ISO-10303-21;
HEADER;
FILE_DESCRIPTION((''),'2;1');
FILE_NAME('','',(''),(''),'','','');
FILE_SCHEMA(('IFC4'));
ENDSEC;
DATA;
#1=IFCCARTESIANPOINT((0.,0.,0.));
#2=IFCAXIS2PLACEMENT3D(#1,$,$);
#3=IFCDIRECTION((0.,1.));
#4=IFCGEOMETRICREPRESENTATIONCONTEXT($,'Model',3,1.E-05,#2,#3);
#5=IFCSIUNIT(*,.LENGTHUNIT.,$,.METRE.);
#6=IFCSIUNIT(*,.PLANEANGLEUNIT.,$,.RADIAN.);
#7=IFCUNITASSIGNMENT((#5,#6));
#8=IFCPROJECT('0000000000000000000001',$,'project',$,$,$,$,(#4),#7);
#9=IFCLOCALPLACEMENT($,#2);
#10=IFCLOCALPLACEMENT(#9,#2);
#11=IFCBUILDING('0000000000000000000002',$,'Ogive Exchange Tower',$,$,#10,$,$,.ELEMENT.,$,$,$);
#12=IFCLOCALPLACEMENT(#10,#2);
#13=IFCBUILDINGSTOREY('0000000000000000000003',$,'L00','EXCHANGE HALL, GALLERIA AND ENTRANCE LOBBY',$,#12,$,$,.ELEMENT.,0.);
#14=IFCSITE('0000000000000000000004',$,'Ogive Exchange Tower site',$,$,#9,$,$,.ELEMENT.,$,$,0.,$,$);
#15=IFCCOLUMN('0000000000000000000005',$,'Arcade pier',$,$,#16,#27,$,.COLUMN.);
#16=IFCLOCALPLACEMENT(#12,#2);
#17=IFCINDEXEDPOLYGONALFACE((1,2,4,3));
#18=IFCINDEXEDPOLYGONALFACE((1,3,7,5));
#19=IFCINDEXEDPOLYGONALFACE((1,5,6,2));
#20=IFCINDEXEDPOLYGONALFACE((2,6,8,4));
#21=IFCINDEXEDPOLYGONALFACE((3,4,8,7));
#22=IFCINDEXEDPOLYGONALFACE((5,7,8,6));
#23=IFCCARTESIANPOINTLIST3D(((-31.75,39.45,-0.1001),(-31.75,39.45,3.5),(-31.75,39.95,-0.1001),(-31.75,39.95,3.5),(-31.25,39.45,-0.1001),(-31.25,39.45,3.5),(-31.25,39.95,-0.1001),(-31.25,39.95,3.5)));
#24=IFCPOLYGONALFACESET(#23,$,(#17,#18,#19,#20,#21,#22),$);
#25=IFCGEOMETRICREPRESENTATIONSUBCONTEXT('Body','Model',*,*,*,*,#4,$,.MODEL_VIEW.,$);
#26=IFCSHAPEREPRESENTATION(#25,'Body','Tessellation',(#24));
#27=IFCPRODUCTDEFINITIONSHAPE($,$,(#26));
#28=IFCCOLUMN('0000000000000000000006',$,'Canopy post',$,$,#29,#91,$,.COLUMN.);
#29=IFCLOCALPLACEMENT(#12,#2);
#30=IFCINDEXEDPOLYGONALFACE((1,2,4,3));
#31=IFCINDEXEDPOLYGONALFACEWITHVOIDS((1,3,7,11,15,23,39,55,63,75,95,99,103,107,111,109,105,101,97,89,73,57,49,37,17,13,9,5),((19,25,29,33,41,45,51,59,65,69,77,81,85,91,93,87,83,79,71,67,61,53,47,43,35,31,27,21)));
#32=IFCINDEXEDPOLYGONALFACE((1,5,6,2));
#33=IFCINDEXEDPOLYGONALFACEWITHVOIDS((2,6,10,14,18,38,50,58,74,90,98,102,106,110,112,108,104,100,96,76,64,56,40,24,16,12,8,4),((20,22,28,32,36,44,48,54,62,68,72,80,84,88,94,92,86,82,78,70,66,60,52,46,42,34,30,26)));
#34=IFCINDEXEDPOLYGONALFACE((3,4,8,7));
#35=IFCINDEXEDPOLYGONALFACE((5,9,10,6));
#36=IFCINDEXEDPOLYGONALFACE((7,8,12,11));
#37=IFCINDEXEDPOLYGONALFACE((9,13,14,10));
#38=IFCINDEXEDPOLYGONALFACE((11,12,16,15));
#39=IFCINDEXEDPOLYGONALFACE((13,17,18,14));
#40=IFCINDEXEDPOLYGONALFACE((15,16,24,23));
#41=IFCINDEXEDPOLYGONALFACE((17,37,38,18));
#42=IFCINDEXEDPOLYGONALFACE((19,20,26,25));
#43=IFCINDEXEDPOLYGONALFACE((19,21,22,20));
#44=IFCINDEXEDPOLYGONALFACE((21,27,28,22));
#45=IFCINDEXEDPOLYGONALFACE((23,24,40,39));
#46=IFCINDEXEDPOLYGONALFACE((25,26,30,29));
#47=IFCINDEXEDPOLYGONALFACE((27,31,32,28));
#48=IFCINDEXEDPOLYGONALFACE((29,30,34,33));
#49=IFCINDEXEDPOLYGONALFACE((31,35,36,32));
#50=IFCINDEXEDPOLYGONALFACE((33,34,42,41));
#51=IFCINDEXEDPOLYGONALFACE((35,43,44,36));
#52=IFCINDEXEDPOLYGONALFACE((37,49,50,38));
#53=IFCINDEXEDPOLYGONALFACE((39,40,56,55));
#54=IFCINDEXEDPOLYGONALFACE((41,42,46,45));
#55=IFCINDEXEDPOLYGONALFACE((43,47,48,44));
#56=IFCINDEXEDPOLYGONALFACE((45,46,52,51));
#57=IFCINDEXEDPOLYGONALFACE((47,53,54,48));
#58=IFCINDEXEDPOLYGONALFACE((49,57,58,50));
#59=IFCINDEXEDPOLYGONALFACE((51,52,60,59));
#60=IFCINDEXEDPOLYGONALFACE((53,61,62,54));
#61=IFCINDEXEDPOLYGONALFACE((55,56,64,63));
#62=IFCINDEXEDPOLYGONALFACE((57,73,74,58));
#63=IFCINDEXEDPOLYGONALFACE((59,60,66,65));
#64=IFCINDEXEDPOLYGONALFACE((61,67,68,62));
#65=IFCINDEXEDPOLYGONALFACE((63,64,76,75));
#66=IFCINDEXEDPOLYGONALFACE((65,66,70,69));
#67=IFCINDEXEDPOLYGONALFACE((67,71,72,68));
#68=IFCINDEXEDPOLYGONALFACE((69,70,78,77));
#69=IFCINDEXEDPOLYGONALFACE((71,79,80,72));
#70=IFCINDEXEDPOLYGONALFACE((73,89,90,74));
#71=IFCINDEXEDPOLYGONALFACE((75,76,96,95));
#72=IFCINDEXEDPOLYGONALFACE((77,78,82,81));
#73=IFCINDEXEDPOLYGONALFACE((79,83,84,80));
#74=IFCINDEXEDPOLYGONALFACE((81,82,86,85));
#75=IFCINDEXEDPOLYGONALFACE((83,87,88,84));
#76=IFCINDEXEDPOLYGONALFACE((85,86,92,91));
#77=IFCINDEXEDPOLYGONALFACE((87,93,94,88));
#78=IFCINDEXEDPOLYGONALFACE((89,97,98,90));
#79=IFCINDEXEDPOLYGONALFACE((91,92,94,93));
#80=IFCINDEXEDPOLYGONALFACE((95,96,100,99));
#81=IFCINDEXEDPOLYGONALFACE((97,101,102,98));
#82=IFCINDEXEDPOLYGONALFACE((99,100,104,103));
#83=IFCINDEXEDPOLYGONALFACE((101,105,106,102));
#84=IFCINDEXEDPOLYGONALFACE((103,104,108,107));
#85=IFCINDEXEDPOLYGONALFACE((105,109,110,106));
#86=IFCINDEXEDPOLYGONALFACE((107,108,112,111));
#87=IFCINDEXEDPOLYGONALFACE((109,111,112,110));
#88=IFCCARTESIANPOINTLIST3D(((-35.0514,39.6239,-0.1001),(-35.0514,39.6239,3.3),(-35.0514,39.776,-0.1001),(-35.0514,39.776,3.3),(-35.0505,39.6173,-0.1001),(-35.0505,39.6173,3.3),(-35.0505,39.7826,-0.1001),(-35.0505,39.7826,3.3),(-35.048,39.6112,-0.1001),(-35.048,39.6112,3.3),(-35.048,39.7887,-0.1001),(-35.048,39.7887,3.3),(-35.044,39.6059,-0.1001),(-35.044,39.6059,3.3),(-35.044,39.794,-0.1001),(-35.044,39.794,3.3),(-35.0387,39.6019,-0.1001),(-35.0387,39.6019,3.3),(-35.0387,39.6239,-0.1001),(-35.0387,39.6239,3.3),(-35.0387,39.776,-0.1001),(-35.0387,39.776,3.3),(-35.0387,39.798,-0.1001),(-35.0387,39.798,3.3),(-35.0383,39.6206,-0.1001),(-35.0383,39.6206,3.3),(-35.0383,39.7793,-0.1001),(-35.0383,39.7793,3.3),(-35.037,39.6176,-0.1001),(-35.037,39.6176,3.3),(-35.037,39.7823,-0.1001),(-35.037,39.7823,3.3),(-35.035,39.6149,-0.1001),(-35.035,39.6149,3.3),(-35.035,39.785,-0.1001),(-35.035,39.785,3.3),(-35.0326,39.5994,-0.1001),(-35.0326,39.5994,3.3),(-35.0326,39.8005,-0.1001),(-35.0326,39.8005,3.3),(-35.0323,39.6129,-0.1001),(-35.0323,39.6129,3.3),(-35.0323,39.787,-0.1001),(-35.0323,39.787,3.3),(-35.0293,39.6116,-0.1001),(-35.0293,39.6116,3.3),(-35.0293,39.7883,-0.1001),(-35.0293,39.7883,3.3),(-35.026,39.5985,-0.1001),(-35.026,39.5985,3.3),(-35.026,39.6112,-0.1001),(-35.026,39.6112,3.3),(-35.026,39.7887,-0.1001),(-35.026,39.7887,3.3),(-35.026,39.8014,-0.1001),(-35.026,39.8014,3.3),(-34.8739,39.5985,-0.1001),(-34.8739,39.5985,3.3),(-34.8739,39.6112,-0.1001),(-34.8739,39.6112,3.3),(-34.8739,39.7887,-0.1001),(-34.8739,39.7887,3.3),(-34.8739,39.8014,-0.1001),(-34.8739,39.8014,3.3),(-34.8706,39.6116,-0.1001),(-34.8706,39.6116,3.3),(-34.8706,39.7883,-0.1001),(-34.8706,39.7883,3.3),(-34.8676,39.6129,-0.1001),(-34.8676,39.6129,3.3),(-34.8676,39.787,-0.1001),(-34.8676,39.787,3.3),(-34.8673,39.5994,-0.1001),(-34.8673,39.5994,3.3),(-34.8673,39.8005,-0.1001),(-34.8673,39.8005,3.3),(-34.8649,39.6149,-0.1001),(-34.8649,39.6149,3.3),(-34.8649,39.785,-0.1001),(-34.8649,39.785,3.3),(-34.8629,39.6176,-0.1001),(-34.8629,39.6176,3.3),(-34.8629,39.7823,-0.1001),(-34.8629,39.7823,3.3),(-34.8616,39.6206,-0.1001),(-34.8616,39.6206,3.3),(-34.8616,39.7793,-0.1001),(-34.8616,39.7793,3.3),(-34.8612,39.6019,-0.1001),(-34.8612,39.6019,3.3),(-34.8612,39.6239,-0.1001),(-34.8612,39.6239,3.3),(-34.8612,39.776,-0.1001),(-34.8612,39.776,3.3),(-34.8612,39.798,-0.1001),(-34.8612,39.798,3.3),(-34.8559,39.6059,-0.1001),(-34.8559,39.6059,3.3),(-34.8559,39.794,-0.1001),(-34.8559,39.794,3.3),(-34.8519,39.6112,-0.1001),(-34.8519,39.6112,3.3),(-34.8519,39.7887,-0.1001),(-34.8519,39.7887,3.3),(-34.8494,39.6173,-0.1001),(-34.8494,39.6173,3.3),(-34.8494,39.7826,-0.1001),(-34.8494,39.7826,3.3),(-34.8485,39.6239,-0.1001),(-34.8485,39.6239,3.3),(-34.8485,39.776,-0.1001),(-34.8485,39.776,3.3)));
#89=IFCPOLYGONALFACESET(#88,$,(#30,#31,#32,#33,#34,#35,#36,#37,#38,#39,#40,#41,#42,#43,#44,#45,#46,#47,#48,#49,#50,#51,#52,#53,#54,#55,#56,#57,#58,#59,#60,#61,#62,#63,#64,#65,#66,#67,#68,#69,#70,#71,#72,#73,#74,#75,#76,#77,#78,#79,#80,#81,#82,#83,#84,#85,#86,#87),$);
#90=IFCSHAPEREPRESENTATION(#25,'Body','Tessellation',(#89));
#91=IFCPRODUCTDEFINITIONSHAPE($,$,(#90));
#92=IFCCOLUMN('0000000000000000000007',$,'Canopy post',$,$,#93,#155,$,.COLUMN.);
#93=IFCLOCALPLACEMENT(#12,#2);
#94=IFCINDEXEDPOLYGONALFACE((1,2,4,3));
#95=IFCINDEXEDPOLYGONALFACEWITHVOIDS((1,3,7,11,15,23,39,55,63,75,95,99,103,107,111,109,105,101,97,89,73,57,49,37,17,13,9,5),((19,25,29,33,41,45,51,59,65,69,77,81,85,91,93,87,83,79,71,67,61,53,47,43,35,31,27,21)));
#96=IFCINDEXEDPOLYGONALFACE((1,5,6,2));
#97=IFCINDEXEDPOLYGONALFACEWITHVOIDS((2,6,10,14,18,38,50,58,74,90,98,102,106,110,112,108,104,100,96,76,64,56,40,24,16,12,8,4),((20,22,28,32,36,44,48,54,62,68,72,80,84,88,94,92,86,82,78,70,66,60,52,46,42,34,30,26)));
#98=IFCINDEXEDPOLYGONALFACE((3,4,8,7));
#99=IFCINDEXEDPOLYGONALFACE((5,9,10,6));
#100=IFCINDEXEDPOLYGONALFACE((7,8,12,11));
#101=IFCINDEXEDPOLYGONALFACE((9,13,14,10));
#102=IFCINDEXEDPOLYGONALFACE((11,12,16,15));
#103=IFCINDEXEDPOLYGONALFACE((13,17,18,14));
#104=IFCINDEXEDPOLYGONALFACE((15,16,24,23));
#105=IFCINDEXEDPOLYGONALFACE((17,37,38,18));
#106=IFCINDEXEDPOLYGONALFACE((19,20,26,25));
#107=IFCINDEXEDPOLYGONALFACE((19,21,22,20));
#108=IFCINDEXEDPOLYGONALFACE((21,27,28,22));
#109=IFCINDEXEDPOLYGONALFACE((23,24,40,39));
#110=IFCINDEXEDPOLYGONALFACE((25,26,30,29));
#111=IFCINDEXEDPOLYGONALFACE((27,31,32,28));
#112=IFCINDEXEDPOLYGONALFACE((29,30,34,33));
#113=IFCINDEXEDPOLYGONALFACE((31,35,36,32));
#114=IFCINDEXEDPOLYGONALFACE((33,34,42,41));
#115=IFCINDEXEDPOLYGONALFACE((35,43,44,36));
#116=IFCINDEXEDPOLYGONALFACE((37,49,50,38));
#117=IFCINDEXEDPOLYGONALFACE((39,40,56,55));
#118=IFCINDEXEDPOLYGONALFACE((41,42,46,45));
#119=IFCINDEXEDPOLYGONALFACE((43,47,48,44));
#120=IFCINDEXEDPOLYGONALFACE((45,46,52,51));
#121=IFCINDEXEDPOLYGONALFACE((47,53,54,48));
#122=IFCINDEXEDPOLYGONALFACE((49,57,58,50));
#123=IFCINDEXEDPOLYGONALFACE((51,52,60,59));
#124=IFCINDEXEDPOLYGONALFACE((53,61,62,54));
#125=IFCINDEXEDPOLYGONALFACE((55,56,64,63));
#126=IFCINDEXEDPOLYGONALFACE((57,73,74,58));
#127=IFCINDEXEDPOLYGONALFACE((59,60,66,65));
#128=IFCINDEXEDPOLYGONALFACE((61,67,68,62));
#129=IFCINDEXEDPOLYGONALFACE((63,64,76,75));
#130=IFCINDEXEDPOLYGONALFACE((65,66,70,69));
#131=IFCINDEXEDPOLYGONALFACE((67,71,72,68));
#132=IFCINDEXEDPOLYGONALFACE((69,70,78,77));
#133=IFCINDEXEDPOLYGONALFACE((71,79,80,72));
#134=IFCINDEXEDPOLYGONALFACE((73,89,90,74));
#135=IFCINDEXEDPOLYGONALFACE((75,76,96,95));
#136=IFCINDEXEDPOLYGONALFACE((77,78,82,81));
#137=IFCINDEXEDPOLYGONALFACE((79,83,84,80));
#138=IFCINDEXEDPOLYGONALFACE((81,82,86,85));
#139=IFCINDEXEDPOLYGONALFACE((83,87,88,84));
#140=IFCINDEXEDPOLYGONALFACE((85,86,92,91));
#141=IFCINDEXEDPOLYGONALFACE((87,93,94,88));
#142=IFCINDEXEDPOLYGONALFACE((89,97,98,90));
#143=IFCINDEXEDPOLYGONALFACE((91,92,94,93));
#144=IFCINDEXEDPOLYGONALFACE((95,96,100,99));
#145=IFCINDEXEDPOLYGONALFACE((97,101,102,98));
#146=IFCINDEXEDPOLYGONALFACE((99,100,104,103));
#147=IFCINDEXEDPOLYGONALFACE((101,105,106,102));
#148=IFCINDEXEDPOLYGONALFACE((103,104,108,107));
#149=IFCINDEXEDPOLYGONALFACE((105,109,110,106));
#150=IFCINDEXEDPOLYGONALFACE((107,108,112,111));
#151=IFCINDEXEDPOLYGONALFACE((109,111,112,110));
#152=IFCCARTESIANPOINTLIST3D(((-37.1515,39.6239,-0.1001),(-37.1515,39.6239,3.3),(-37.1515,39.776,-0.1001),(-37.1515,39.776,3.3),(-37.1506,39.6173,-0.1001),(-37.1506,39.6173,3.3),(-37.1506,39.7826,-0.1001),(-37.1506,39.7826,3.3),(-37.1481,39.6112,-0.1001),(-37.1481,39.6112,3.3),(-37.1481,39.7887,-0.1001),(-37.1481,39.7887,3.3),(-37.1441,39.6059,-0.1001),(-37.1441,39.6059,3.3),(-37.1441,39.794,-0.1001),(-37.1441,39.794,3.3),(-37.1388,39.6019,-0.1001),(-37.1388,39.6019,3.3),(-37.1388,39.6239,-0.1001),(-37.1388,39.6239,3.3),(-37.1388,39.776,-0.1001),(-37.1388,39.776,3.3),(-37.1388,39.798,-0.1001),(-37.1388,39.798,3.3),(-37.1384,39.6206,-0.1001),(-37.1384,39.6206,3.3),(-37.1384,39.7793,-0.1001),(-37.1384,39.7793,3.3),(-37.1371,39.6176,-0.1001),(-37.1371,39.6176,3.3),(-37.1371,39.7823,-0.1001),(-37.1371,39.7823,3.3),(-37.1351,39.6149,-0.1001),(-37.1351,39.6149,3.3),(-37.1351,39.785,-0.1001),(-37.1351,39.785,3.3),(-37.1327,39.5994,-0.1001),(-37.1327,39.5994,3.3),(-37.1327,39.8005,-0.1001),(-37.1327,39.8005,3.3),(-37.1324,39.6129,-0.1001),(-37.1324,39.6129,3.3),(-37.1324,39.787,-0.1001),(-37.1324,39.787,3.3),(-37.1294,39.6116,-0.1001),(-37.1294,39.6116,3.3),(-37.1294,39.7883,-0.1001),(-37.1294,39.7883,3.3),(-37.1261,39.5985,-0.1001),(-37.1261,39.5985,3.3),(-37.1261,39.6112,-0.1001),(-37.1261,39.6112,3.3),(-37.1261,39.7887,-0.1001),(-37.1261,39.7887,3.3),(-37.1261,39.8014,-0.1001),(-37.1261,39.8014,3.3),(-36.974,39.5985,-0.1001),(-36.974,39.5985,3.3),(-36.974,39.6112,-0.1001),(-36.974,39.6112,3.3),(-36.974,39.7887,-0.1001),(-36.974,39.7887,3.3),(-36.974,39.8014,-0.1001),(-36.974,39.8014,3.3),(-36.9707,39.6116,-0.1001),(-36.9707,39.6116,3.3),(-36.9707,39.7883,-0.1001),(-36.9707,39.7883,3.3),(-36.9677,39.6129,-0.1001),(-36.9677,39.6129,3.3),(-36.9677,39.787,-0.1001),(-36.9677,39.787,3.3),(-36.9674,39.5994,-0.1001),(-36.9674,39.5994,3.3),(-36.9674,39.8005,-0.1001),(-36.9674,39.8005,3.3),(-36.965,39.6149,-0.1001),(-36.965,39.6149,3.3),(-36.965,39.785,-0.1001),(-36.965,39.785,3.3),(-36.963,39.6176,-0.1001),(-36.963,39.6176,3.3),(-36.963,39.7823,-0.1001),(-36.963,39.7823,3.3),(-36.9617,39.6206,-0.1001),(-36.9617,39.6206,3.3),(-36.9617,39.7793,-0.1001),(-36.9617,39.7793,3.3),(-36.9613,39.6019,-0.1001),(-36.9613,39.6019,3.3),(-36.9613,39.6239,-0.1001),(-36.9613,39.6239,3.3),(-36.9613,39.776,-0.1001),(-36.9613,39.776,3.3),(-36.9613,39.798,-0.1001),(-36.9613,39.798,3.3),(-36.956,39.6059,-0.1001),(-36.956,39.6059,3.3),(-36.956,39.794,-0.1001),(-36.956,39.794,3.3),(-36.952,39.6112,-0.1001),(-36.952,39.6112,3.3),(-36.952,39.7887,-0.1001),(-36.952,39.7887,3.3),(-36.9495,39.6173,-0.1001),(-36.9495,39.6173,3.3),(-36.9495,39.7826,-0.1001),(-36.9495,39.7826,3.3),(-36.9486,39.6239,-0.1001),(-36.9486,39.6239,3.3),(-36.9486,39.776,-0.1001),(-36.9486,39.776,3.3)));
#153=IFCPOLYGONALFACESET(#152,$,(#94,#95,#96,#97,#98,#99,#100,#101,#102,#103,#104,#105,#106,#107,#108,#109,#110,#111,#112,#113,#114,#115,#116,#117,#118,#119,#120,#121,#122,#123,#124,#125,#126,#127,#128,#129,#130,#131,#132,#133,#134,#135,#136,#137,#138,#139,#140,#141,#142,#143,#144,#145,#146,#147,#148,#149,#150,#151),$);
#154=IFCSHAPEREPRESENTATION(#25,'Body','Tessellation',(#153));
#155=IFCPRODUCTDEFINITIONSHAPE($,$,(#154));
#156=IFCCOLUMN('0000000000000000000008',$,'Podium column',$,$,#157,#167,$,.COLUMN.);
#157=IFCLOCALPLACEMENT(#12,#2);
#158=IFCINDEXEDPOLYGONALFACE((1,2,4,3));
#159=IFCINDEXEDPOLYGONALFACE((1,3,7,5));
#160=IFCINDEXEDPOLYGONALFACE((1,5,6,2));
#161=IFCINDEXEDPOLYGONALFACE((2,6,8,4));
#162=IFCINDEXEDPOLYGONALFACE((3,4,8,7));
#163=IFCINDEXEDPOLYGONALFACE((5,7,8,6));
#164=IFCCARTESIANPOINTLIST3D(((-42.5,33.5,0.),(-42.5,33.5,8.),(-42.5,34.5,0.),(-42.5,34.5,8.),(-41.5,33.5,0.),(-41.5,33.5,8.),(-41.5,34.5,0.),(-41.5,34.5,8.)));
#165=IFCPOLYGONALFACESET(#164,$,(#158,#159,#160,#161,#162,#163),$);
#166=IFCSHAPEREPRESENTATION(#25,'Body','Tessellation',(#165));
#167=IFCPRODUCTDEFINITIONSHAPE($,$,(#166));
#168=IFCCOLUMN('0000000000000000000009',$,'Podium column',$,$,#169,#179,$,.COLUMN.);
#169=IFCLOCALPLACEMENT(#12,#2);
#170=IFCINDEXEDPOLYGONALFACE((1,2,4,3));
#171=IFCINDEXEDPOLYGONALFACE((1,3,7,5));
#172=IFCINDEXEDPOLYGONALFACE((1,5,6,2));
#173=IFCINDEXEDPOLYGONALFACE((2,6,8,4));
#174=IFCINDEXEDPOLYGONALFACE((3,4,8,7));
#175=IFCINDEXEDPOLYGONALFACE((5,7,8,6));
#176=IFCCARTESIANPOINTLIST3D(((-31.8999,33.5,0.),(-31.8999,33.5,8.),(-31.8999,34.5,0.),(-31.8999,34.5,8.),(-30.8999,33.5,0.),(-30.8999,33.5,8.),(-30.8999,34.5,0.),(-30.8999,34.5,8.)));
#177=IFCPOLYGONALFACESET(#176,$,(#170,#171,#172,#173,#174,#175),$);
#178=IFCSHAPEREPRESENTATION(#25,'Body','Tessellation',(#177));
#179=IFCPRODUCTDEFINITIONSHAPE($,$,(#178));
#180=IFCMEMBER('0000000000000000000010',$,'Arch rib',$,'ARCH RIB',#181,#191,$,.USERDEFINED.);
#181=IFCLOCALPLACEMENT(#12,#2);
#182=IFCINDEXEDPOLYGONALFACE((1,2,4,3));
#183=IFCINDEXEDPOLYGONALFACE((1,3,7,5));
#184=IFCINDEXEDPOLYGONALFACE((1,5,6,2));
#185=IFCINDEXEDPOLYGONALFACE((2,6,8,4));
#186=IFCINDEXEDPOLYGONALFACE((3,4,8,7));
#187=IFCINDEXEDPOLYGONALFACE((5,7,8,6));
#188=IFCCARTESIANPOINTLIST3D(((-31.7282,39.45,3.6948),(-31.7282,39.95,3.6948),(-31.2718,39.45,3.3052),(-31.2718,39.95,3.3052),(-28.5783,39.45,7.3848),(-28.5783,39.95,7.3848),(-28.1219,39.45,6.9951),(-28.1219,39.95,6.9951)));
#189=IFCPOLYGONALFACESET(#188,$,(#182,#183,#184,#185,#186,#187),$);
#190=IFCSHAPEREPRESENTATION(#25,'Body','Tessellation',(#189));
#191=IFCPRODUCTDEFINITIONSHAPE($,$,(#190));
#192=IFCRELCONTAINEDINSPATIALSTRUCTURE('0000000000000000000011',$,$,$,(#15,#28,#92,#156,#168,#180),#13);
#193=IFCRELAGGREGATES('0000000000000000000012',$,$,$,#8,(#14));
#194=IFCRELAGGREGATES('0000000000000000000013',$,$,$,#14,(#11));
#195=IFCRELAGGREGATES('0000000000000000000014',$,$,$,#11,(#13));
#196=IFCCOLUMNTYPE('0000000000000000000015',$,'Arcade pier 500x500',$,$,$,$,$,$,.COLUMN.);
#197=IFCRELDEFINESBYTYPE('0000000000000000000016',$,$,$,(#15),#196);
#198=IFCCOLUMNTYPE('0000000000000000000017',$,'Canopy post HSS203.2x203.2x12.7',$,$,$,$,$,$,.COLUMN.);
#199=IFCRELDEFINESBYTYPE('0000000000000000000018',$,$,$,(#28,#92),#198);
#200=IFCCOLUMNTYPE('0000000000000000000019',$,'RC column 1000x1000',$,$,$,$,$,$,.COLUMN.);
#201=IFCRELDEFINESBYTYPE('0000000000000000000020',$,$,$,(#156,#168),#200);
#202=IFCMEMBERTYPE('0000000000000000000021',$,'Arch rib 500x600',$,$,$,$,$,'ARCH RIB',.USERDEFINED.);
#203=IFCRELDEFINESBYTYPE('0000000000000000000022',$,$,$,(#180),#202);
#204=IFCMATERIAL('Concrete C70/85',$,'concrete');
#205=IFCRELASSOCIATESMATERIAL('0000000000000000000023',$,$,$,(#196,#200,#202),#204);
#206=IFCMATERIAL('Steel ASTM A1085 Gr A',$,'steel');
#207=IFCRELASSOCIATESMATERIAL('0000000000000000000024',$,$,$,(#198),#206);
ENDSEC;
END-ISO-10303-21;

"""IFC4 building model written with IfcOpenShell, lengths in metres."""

from ifc_helpers import new_model, si_unit, direction, frame, origin, origin_2d, place, context, subcontext, project, spatial, rectangle, hollow_rectangle, extrude, material, material_profile, profile_set, type_object, element, save


model = new_model("IFC4")

# Units and contexts
model_context = context("Model", 3, precision=1e-05, world=origin(), true_north=direction((0.0, 1.0)))
body_context = subcontext(model_context, "Body", "Model", "MODEL_VIEW")
ifc_project = project(units=[si_unit("LENGTHUNIT", "METRE"), si_unit("PLANEANGLEUNIT", "RADIAN")], contexts=[model_context])

# Site, building, storey
site_placement = place(None, origin())
site = spatial("IfcSite", under=ifc_project, at=site_placement, Name="Ogive Exchange Tower site", CompositionType="ELEMENT", RefElevation=0.0)
building_placement = place(site_placement, origin())
building = spatial("IfcBuilding", under=site, at=building_placement, Name="Ogive Exchange Tower", CompositionType="ELEMENT")
storey_placement = place(building_placement, origin())
storey = spatial("IfcBuildingStorey", under=building, at=storey_placement, Name="L00", Description="EXCHANGE HALL, GALLERIA AND ENTRANCE LOBBY", CompositionType="ELEMENT", Elevation=0.0)

# Columns
ifc_material_1 = material(Name="Concrete C70/85", Category="concrete")
ifc_material_profile_1 = material_profile(ifc_material_1, rectangle(XDim=0.5, YDim=0.5, at=origin_2d()), Name="RC 500x500")
ifc_profile_set_1 = profile_set([ifc_material_profile_1], Name="Concrete C70/85")
column_type_1 = type_object("IfcColumnType", Name="Arcade pier 500x500", PredefinedType="COLUMN", material=ifc_profile_set_1)
column_placement = place(storey_placement, frame((-31.5, 39.7, -0.1001), z_axis=(0.0, 0.0, 1.0), x_axis=(1.0, 0.0, 0.0)))
element("IfcColumn", 1, at=column_placement, inside=storey, type_object=column_type_1, Name="Arcade pier", PredefinedType="COLUMN", context=body_context, shape_type="SweptSolid", body=[
    extrude(rectangle(XDim=0.5, YDim=0.5, at=origin_2d()), origin(), (0.0, 0.0, 1.0), 3.6001),
])
ifc_material_2 = material(Name="Steel ASTM A1085 Gr A", Category="steel")
ifc_material_profile_2 = material_profile(ifc_material_2, hollow_rectangle(XDim=0.2029, YDim=0.2029, WallThickness=0.0127, InnerFilletRadius=0.0127, OuterFilletRadius=0.0254, at=origin_2d()), Name="HSS203.2x203.2x12.7")
ifc_profile_set_2 = profile_set([ifc_material_profile_2], Name="Steel ASTM A1085 Gr A")
column_type_2 = type_object("IfcColumnType", Name="Canopy post HSS203.2x203.2x12.7", PredefinedType="COLUMN", material=ifc_profile_set_2)
for number, where, z_axis, x_axis, name in (
    (2, (-34.95, 39.7, -0.1001), (0.0, 0.0, 1.0), (-1.0, 0.0, 0.0), "Canopy post"),
    (3, (-37.05, 39.7, -0.1001), (0.0, 0.0, 1.0), (-1.0, 0.0, 0.0), "Canopy post"),
):
    element("IfcColumn", number, at=place(storey_placement, frame(where, z_axis=z_axis, x_axis=x_axis)), inside=storey, type_object=column_type_2, Name=name, PredefinedType="COLUMN", context=body_context, shape_type="SweptSolid", body=[
        extrude(hollow_rectangle(XDim=0.2029, YDim=0.2029, WallThickness=0.0127, InnerFilletRadius=0.0127, OuterFilletRadius=0.0254, at=origin_2d()), origin(), (0.0, 0.0, 1.0), 3.4001),
    ])
ifc_material_profile_3 = material_profile(ifc_material_1, rectangle(XDim=1.0, YDim=1.0, at=origin_2d()), Name="RC 1000x1000")
ifc_profile_set_3 = profile_set([ifc_material_profile_3], Name="Concrete C70/85")
column_type_3 = type_object("IfcColumnType", Name="RC column 1000x1000", PredefinedType="COLUMN", material=ifc_profile_set_3)
for number, where, z_axis, x_axis, name in (
    (4, (-42.0, 34.0, 0.0), (0.0, 0.0, 1.0), (1.0, 0.0, 0.0), "Podium column"),
    (5, (-31.3999, 34.0, 0.0), (0.0, 0.0, 1.0), (1.0, 0.0, 0.0), "Podium column"),
):
    element("IfcColumn", number, at=place(storey_placement, frame(where, z_axis=z_axis, x_axis=x_axis)), inside=storey, type_object=column_type_3, Name=name, PredefinedType="COLUMN", context=body_context, shape_type="SweptSolid", body=[
        extrude(rectangle(XDim=1.0, YDim=1.0, at=origin_2d()), origin(), (0.0, 0.0, 1.0), 8.0),
    ])

# Member
ifc_material_profile_4 = material_profile(ifc_material_1, rectangle(XDim=0.5, YDim=0.6001, at=origin_2d()), Name="PC 500x600")
ifc_profile_set_4 = profile_set([ifc_material_profile_4], Name="Concrete C70/85")
member_type_1 = type_object("IfcMemberType", Name="Arch rib 500x600", ElementType="ARCH RIB", PredefinedType="USERDEFINED", material=ifc_profile_set_4)
member_1_placement = place(storey_placement, frame((-31.5, 39.7, 3.5), z_axis=(0.649257, 0.0, 0.760569), x_axis=(0.0, 1.0, 0.0)))
element("IfcMember", 6, at=member_1_placement, inside=storey, type_object=member_type_1, Name="Arch rib", ObjectType="ARCH RIB", PredefinedType="USERDEFINED", context=body_context, shape_type="SweptSolid", body=[
    extrude(rectangle(XDim=0.5, YDim=0.6001, at=origin_2d()), origin(), (0.0, 0.0, 1.0), 4.8516),
])

save(model, "model.ifc")
